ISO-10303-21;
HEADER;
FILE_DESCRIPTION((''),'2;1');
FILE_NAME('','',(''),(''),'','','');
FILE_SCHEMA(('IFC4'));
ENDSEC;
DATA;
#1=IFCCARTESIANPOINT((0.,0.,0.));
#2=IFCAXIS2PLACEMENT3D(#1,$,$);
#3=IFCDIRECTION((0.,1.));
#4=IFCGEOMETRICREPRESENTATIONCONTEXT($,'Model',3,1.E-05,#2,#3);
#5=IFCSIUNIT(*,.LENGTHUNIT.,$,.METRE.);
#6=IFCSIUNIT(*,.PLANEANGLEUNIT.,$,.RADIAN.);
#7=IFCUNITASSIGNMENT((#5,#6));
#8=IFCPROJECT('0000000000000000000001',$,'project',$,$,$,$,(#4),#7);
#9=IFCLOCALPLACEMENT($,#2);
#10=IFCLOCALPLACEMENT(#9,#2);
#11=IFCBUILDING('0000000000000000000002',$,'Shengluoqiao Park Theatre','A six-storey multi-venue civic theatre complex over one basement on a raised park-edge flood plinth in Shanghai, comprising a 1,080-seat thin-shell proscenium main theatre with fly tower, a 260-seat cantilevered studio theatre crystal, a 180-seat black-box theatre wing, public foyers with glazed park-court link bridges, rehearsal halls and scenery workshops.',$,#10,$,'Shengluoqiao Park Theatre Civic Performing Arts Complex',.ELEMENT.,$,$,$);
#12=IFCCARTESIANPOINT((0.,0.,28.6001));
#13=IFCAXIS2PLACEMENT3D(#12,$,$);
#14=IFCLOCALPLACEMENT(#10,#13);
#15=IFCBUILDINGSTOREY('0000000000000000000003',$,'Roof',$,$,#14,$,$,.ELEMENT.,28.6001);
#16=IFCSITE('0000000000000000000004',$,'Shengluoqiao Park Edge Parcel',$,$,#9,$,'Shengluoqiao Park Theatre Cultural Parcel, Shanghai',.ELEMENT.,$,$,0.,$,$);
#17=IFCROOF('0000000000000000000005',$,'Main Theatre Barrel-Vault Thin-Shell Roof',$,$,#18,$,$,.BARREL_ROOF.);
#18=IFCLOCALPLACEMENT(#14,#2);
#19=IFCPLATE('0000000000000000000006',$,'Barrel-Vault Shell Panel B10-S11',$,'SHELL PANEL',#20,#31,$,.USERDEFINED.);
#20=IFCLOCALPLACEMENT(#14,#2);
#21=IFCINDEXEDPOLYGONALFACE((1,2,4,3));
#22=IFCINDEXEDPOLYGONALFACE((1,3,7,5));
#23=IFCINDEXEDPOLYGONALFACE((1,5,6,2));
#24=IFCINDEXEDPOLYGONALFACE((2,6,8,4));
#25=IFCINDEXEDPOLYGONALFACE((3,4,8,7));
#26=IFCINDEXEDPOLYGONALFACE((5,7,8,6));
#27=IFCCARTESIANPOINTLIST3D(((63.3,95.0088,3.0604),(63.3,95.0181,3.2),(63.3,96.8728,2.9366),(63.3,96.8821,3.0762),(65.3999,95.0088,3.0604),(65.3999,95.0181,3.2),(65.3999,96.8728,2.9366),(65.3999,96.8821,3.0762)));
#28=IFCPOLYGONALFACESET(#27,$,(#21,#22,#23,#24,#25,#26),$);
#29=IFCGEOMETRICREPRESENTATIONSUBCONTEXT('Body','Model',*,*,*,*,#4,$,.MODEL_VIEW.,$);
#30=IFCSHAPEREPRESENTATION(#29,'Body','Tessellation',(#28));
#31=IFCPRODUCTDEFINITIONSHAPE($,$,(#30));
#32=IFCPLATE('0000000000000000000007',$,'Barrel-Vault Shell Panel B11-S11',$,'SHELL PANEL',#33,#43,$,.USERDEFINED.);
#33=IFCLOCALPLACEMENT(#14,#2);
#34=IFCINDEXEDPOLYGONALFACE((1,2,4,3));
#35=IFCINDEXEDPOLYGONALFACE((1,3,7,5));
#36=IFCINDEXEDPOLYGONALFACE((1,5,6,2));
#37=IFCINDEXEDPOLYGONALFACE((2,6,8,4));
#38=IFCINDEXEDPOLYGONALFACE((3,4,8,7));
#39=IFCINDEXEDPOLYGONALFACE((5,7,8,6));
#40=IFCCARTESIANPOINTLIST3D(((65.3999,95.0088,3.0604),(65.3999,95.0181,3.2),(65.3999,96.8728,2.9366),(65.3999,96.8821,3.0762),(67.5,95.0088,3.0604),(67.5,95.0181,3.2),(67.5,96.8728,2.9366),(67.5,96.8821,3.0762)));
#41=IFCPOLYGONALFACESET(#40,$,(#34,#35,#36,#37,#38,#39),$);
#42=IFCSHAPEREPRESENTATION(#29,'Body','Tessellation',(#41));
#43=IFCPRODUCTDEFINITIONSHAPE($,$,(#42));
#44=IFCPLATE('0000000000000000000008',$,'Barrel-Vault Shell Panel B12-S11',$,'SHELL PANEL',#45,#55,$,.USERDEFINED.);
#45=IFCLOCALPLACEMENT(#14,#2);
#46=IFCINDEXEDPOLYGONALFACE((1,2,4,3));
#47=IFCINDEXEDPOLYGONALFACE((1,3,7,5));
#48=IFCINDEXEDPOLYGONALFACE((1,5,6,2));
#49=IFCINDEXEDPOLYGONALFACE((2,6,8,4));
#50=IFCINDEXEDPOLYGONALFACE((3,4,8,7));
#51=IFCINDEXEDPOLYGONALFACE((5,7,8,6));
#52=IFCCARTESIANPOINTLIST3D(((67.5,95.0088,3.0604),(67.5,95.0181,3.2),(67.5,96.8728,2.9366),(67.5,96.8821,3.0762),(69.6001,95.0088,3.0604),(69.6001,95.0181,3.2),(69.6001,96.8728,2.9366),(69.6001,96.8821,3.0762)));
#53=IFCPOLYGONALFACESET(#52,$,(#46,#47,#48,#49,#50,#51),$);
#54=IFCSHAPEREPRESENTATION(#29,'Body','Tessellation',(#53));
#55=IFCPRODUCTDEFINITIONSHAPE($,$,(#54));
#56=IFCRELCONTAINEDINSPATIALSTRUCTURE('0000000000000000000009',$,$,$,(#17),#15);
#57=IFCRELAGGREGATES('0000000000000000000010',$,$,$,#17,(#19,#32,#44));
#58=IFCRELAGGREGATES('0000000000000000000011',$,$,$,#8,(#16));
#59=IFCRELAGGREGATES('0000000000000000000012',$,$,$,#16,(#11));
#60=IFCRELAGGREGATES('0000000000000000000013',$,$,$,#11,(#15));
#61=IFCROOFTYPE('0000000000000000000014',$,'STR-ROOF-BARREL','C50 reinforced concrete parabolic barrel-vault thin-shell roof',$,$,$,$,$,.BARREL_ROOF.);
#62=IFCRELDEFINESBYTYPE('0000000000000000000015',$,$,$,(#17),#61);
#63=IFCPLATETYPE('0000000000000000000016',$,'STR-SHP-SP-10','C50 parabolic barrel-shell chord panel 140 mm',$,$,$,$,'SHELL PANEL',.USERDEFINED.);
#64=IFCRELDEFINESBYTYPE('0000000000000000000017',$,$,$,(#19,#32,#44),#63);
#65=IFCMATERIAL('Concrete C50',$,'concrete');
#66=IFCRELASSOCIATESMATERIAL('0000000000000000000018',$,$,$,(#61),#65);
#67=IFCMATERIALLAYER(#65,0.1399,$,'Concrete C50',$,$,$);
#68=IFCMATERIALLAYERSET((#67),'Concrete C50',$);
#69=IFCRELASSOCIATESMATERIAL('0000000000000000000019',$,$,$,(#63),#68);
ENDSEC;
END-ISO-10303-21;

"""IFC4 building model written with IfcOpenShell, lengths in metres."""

from ifc_helpers import new_model, si_unit, direction, frame, origin, place, context, subcontext, project, spatial, polyline, outline, extrude, material, layer, layer_set, type_object, element, aggregate, save


model = new_model("IFC4")

# Units and contexts
model_context = context("Model", 3, precision=1e-05, world=origin(), true_north=direction((0.0, 1.0)))
body_context = subcontext(model_context, "Body", "Model", "MODEL_VIEW")
ifc_project = project(units=[si_unit("LENGTHUNIT", "METRE"), si_unit("PLANEANGLEUNIT", "RADIAN")], contexts=[model_context])

# Site, building, storey
site_placement = place(None, origin())
site = spatial("IfcSite", under=ifc_project, at=site_placement, Name="Shengluoqiao Park Edge Parcel", LongName="Shengluoqiao Park Theatre Cultural Parcel, Shanghai", CompositionType="ELEMENT", RefElevation=0.0)
building_placement = place(site_placement, origin())
building = spatial("IfcBuilding", under=site, at=building_placement, Name="Shengluoqiao Park Theatre", Description="A six-storey multi-venue civic theatre complex over one basement on a raised park-edge flood plinth in Shanghai, comprising a 1,080-seat thin-shell proscenium main theatre with fly tower, a 260-seat cantilevered studio theatre crystal, a 180-seat black-box theatre wing, public foyers with glazed park-court link bridges, rehearsal halls and scenery workshops.", LongName="Shengluoqiao Park Theatre Civic Performing Arts Complex", CompositionType="ELEMENT")
storey_placement = place(building_placement, frame((0.0, 0.0, 28.6001)))
storey = spatial("IfcBuildingStorey", under=building, at=storey_placement, Name="Roof", CompositionType="ELEMENT", Elevation=28.6001)

# Shared definitions
ifc_material_1 = material(Name="Concrete C50", Category="concrete")

# Roof, plates
roof_type = type_object("IfcRoofType", Name="STR-ROOF-BARREL", Description="C50 reinforced concrete parabolic barrel-vault thin-shell roof", PredefinedType="BARREL_ROOF", material=ifc_material_1)
roof_placement = place(storey_placement, origin())
roof = element("IfcRoof", 1, at=roof_placement, inside=storey, type_object=roof_type, Name="Main Theatre Barrel-Vault Thin-Shell Roof", PredefinedType="BARREL_ROOF")
ifc_layer_1 = layer(ifc_material_1, 0.1399, Name="Concrete C50")
ifc_layer_set_1 = layer_set([ifc_layer_1], Name="Concrete C50")
plate_type_1 = type_object("IfcPlateType", Name="STR-SHP-SP-10", Description="C50 parabolic barrel-shell chord panel 140 mm", ElementType="SHELL PANEL", PredefinedType="USERDEFINED", material=ifc_layer_set_1)
plate_1_placement = place(storey_placement, frame((63.3, 95.0181, 3.2), z_axis=(0.0, 0.066259, 0.997802), x_axis=(1.0, 0.0, 0.0)))
plate_1 = element("IfcPlate", 2, at=plate_1_placement, type_object=plate_type_1, Name="Barrel-Vault Shell Panel B10-S11", ObjectType="SHELL PANEL", PredefinedType="USERDEFINED", context=body_context, shape_type="SweptSolid", body=[
    extrude(outline(polyline([(0.0, 0.0), (2.0999, 0.0), (2.0999, 1.8681), (0.0, 1.8681), (0.0, 0.0)])), origin(), (0.0, 0.0, -1.0), 0.1399),
])
plate_2_placement = place(storey_placement, frame((65.3999, 95.0181, 3.2), z_axis=(0.0, 0.066259, 0.997802), x_axis=(1.0, 0.0, 0.0)))
plate_2 = element("IfcPlate", 3, at=plate_2_placement, type_object=plate_type_1, Name="Barrel-Vault Shell Panel B11-S11", ObjectType="SHELL PANEL", PredefinedType="USERDEFINED", context=body_context, shape_type="SweptSolid", body=[
    extrude(outline(polyline([(0.0, 0.0), (2.1001, 0.0), (2.1001, 1.8681), (0.0, 1.8681), (0.0, 0.0)])), origin(), (0.0, 0.0, -1.0), 0.1399),
])
plate_3_placement = place(storey_placement, frame((67.5, 95.0181, 3.2), z_axis=(0.0, 0.066259, 0.997802), x_axis=(1.0, 0.0, 0.0)))
plate_3 = element("IfcPlate", 4, at=plate_3_placement, type_object=plate_type_1, Name="Barrel-Vault Shell Panel B12-S11", ObjectType="SHELL PANEL", PredefinedType="USERDEFINED", context=body_context, shape_type="SweptSolid", body=[
    extrude(outline(polyline([(0.0, 0.0), (2.1001, 0.0), (2.1001, 1.8681), (0.0, 1.8681), (0.0, 0.0)])), origin(), (0.0, 0.0, -1.0), 0.1399),
])
aggregate(roof, [plate_1, plate_2, plate_3])

save(model, "model.ifc")
